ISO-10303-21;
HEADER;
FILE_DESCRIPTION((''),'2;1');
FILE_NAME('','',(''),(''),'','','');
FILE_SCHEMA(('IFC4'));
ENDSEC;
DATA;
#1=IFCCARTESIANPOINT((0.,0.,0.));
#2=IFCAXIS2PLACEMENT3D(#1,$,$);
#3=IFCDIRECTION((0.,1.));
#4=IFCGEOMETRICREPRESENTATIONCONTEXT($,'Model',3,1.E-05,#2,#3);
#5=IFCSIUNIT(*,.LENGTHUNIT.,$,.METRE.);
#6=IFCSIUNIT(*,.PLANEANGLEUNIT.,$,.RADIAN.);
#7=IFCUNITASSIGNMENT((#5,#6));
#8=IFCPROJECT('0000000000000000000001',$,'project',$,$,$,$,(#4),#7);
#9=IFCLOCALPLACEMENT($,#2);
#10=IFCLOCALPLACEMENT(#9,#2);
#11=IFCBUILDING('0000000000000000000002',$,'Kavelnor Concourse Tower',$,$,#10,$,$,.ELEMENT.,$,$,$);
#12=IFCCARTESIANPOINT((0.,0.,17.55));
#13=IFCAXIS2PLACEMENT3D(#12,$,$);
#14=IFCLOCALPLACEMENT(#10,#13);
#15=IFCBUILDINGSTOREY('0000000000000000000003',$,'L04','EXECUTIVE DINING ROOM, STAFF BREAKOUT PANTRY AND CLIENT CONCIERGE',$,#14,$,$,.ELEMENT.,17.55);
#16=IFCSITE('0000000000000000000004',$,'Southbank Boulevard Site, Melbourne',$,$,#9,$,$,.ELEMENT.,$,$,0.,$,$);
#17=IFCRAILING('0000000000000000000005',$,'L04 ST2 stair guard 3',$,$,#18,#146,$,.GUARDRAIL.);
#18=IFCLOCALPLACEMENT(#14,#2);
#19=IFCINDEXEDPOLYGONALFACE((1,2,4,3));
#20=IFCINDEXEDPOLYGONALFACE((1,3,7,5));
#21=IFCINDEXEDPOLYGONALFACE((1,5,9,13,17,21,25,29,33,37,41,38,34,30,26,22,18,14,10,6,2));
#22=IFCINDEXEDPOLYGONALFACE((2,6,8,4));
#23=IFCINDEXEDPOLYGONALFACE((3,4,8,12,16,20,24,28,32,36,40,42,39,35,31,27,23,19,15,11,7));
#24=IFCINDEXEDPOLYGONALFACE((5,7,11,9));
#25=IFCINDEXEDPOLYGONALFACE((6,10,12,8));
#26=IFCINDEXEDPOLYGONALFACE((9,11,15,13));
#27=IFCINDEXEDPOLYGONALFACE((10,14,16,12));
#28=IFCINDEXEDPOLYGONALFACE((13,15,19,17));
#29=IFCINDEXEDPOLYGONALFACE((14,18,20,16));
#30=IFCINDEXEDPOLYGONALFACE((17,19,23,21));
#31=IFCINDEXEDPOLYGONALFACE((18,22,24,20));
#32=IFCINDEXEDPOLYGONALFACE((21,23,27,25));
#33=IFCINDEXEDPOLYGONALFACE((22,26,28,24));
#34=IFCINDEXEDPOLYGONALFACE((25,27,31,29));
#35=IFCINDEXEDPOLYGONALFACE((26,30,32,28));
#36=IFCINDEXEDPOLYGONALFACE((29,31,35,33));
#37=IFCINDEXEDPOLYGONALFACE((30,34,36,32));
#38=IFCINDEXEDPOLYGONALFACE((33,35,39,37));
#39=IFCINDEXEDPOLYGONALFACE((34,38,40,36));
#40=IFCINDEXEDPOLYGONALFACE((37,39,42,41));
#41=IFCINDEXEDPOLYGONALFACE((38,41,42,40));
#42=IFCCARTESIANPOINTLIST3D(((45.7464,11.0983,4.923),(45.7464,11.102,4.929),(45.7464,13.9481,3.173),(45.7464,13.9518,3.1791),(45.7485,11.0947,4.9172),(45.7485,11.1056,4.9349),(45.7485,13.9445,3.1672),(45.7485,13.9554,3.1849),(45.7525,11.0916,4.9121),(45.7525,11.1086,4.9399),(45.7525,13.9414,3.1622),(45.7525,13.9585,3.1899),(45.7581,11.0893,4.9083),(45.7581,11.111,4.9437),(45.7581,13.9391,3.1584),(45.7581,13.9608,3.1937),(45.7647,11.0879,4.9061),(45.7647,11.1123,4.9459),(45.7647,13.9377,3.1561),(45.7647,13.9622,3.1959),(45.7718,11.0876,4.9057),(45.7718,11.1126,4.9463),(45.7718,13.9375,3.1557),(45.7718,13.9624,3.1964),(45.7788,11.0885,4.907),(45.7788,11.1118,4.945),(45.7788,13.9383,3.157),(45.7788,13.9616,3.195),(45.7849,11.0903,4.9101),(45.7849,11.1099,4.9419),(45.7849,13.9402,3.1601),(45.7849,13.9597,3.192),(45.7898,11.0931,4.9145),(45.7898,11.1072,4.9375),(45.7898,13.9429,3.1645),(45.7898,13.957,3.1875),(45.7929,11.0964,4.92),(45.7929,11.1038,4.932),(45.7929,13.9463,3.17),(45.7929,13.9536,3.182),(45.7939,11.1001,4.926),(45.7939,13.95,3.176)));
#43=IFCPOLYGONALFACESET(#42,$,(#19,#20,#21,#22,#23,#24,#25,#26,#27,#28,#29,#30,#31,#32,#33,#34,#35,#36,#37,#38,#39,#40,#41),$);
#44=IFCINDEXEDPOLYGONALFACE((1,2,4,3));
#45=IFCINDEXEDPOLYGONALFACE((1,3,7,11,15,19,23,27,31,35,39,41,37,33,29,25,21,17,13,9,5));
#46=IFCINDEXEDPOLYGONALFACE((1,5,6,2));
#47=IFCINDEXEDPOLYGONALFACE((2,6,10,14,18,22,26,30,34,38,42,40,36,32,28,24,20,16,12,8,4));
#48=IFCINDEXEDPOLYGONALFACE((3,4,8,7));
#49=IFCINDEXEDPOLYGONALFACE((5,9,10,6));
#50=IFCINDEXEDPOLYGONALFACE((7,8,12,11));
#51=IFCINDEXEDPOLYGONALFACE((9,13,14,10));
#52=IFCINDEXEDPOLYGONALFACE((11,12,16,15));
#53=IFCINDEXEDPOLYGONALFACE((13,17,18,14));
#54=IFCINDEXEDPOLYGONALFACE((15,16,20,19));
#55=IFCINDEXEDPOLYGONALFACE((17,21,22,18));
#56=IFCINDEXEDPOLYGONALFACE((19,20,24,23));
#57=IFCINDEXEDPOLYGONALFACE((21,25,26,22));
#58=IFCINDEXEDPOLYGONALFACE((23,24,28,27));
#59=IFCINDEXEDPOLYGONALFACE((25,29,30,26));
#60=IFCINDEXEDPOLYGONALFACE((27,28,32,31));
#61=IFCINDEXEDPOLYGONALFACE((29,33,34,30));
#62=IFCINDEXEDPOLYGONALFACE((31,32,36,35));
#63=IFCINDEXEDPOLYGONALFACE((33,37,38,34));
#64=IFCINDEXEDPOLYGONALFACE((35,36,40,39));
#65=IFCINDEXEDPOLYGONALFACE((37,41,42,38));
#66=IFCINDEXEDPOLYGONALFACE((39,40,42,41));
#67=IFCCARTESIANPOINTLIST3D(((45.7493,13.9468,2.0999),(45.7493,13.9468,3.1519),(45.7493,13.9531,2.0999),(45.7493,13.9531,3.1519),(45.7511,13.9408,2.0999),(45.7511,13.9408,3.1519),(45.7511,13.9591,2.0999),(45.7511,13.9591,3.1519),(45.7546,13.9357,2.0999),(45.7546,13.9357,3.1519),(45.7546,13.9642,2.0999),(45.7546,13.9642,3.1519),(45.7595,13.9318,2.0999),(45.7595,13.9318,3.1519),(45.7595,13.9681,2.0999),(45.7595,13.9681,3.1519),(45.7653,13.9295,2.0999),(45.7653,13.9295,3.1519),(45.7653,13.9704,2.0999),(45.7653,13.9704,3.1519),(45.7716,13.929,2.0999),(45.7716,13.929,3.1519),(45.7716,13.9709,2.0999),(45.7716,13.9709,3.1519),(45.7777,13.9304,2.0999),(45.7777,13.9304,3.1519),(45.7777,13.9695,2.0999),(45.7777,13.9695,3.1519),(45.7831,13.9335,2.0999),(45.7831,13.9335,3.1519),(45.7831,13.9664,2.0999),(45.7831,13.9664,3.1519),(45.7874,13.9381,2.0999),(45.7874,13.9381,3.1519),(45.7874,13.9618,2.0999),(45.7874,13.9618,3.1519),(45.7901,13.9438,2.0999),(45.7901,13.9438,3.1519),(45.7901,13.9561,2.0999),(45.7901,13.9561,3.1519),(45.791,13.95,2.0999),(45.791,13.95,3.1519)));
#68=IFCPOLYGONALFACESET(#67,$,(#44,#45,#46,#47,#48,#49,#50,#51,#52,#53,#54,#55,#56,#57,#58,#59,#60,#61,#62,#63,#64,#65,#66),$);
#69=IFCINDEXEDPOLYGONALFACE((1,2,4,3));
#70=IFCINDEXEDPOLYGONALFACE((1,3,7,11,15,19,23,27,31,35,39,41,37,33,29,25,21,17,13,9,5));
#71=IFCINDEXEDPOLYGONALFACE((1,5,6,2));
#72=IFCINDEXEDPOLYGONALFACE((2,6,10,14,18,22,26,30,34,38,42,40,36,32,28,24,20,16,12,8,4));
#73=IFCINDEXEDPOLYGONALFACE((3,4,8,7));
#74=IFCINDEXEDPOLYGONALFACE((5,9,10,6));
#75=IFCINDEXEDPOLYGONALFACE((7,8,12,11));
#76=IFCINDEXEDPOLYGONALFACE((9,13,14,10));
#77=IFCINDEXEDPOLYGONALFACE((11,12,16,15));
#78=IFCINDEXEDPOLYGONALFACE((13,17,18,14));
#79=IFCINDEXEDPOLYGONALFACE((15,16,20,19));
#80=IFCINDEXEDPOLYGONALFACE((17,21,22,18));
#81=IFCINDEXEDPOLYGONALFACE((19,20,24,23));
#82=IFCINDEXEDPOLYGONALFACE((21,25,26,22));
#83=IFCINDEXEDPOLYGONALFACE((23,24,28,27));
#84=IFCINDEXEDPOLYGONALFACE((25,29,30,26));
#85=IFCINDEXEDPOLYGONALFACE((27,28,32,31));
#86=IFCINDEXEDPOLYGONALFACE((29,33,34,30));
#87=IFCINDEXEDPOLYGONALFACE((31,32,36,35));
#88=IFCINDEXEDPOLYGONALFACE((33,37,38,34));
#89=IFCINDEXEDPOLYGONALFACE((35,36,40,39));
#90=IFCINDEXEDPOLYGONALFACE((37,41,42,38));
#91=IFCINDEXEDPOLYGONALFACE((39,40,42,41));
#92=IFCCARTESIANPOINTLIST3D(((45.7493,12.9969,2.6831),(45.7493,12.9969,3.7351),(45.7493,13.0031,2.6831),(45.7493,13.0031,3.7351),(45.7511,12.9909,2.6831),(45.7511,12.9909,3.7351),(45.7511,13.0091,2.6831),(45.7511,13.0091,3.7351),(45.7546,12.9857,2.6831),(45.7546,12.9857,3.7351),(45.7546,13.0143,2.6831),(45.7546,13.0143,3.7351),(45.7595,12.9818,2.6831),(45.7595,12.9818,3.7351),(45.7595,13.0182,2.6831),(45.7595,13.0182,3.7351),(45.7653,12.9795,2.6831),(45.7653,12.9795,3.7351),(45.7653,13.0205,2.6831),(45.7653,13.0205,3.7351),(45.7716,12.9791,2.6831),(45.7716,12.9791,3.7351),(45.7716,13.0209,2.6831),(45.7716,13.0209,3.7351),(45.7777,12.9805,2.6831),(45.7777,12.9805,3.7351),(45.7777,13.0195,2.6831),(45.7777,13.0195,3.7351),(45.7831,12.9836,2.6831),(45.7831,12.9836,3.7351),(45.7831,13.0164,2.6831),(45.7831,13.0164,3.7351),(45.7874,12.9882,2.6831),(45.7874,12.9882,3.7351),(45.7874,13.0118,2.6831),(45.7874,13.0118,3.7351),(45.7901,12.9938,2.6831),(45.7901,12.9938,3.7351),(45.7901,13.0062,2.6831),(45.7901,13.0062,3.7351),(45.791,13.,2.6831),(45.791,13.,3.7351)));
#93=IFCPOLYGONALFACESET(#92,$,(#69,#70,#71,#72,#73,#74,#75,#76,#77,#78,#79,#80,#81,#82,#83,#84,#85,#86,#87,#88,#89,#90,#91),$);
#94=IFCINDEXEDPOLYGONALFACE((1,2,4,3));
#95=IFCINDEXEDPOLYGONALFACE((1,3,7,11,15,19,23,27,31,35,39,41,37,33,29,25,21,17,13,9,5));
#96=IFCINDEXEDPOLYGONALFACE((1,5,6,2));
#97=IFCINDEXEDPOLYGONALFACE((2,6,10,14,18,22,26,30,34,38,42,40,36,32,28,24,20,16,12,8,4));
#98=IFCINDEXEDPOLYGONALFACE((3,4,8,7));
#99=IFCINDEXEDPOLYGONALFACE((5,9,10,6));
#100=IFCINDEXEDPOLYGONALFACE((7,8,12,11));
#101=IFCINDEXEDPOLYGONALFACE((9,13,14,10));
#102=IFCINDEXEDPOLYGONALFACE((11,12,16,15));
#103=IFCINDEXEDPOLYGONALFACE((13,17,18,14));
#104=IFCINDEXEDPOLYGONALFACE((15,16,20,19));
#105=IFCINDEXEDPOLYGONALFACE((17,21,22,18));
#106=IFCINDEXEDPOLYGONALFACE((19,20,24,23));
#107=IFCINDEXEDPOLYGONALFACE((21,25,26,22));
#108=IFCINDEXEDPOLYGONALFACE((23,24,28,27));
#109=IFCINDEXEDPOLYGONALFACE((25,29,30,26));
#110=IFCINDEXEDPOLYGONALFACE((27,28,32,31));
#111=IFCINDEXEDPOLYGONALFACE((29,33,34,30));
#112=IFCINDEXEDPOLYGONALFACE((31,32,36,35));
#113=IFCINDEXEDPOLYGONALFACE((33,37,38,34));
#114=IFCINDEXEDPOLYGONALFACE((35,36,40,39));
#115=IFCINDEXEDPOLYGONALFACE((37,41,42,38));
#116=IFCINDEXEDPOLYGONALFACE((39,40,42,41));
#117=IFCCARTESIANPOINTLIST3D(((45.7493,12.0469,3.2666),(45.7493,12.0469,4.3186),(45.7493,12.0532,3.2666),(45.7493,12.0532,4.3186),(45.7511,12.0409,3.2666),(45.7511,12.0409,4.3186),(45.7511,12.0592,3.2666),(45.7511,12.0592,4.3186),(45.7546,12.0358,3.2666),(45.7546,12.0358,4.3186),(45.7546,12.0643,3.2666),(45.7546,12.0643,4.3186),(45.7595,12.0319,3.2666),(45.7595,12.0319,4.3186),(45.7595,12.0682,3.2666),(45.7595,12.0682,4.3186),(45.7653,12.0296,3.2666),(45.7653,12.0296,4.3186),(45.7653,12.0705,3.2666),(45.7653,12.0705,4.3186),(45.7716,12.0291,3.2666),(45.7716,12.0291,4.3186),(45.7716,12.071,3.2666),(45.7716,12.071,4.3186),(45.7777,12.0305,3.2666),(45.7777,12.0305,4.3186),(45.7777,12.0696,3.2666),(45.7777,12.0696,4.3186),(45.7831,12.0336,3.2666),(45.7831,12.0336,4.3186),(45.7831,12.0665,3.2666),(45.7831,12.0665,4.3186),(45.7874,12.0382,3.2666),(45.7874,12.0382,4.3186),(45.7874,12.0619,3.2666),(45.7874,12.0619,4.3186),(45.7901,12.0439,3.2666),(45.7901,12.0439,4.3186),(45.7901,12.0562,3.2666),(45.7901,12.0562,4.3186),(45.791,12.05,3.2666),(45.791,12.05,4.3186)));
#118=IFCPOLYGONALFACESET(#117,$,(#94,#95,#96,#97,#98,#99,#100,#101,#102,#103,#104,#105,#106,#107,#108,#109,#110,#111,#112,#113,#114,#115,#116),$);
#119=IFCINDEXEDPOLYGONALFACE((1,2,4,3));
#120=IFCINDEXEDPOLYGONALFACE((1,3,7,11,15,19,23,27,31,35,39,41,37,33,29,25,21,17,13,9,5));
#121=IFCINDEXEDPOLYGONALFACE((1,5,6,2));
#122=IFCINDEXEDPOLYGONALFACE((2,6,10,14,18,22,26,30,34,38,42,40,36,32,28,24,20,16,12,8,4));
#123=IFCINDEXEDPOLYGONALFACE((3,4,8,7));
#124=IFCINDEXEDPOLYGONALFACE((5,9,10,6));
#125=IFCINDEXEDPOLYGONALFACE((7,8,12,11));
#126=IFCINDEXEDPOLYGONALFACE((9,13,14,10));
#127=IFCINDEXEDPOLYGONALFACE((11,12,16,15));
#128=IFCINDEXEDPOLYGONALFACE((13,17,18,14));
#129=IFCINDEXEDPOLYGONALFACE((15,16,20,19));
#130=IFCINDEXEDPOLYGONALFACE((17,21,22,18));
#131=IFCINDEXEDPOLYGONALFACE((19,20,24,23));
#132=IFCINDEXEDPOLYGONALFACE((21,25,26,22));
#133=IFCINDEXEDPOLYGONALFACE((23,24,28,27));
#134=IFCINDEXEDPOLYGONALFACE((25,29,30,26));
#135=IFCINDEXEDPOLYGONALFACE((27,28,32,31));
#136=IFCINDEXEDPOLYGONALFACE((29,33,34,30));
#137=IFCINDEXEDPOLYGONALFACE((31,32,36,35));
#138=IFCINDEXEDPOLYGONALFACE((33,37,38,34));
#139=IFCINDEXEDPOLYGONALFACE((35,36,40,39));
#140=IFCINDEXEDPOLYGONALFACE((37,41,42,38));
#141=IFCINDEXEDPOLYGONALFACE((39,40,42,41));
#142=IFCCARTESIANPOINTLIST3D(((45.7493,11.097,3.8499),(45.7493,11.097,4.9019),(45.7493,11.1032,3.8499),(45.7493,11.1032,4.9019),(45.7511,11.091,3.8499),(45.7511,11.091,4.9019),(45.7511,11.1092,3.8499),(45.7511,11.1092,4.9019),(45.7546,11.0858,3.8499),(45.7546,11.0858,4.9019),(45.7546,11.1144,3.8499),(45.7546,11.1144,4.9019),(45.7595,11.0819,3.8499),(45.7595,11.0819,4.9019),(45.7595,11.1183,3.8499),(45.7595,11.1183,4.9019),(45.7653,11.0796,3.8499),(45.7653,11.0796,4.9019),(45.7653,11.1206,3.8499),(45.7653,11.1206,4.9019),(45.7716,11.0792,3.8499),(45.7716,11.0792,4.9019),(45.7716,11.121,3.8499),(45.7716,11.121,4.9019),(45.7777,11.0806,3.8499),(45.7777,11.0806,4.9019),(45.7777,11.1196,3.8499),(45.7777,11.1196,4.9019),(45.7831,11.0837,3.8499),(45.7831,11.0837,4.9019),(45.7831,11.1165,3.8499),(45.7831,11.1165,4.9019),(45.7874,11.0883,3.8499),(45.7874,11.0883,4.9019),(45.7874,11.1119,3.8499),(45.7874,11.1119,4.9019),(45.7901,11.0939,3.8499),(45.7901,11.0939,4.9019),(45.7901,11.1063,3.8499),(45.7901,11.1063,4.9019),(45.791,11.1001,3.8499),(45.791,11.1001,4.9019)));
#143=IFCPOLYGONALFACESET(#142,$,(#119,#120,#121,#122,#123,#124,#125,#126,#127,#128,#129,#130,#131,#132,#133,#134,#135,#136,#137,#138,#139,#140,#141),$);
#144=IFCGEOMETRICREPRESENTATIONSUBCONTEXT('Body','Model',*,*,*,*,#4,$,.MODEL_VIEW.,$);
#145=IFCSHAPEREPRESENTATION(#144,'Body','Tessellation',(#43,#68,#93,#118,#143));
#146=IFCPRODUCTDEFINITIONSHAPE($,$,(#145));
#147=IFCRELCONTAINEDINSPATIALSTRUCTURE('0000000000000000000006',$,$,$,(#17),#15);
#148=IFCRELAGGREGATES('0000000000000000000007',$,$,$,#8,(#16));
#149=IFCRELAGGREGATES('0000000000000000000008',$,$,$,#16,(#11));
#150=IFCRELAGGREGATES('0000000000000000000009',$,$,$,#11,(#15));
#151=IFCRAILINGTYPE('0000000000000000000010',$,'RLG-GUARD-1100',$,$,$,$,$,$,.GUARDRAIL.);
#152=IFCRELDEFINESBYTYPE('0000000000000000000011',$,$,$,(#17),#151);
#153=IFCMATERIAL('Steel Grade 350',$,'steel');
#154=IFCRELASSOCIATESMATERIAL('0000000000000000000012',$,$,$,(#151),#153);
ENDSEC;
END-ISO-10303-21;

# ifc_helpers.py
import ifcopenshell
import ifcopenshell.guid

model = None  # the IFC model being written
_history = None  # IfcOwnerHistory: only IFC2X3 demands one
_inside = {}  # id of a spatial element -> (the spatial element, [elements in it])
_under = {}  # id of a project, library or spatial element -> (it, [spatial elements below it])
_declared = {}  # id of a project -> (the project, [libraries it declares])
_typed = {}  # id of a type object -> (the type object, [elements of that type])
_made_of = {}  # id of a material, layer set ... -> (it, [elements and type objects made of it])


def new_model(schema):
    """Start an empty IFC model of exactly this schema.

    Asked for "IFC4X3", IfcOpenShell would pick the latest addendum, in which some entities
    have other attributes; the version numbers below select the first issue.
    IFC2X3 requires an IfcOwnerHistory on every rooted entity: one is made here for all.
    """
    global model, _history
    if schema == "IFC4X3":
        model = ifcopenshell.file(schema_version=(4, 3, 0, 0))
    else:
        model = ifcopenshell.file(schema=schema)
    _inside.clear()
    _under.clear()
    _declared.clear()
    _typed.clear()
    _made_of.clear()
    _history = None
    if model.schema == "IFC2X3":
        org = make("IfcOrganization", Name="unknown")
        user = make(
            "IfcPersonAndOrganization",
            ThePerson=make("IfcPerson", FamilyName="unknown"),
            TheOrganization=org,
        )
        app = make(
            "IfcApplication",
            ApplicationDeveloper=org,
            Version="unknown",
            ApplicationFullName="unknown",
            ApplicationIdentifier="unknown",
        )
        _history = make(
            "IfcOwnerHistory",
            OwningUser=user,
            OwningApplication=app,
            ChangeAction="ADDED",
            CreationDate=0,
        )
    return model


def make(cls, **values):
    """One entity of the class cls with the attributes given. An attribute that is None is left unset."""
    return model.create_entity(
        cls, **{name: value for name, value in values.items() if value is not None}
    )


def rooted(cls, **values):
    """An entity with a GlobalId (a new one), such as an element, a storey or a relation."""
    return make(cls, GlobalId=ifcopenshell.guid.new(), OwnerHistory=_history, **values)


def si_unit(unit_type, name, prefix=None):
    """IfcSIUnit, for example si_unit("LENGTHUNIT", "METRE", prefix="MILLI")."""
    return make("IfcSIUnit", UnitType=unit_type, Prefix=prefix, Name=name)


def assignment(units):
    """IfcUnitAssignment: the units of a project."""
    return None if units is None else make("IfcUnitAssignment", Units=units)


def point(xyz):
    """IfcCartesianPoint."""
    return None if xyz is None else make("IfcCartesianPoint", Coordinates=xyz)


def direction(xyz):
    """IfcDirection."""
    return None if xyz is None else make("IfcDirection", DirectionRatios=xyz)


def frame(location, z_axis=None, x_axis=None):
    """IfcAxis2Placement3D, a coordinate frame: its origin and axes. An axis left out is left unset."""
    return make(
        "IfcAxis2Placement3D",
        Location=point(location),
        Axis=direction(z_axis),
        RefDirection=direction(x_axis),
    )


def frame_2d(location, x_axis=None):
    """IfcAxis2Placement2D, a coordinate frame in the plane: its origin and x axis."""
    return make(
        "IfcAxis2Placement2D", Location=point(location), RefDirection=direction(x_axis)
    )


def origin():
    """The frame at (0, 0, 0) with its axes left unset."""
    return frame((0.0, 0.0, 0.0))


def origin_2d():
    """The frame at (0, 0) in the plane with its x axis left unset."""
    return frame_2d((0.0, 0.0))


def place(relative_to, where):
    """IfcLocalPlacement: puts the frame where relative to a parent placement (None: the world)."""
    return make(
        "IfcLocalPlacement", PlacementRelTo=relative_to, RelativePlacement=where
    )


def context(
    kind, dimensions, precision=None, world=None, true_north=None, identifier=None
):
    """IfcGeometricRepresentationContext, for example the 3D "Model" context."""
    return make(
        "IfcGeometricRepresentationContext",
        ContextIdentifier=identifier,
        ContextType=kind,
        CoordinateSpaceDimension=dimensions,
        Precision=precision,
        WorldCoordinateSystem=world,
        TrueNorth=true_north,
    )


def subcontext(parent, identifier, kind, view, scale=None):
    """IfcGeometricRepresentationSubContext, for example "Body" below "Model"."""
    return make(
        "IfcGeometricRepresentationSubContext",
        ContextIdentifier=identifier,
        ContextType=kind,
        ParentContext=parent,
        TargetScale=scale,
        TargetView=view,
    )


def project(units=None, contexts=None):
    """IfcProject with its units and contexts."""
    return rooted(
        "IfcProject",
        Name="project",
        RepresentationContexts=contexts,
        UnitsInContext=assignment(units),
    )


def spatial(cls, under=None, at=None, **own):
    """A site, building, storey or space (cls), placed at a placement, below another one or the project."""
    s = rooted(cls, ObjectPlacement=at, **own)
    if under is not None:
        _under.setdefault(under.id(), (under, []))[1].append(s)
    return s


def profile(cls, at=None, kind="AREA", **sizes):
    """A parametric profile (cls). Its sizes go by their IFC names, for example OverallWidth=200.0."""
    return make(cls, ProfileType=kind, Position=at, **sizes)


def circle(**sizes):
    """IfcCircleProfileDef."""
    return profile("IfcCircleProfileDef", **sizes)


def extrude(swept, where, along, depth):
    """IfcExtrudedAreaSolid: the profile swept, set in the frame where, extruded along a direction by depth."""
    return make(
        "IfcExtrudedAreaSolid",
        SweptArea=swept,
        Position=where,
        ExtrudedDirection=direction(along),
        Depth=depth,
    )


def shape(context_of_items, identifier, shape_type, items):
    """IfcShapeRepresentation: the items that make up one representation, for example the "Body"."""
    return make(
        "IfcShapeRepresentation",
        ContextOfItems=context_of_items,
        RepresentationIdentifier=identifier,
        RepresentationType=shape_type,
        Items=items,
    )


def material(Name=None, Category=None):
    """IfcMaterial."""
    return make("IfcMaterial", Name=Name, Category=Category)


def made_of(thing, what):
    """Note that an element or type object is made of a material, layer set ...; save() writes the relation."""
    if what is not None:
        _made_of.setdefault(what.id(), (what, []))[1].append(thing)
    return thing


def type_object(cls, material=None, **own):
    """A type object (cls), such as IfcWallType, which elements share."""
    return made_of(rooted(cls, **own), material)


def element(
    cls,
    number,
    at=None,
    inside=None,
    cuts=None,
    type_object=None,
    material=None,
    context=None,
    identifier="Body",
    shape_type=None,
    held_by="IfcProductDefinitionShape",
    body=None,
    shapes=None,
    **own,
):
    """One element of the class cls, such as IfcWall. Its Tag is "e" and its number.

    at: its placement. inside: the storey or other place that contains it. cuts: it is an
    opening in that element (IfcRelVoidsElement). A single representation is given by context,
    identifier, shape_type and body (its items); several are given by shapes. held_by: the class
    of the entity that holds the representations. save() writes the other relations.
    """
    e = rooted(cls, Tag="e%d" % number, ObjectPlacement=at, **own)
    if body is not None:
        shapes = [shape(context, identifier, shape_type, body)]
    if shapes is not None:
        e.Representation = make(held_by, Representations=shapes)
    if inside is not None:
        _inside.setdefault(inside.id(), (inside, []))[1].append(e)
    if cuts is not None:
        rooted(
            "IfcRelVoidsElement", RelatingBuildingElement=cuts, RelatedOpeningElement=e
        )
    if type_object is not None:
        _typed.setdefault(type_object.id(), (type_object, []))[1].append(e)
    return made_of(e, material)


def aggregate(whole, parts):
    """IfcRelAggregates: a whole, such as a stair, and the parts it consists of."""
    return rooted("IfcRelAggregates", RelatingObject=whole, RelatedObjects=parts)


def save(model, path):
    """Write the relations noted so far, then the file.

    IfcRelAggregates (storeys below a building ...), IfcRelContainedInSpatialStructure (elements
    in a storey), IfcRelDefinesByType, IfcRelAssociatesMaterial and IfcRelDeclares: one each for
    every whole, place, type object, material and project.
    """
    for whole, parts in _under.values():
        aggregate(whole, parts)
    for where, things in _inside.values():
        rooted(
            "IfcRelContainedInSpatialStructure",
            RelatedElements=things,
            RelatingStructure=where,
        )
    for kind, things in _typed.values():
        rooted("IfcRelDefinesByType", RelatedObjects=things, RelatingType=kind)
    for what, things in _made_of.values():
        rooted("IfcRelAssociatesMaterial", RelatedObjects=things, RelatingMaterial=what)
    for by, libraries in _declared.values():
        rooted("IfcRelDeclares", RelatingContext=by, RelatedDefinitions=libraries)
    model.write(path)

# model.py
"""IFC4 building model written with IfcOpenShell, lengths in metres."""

from ifc_helpers import new_model, si_unit, direction, frame, origin, origin_2d, place, context, subcontext, project, spatial, circle, extrude, material, type_object, element, save


model = new_model("IFC4")

# Units and contexts
model_context = context("Model", 3, precision=1e-05, world=origin(), true_north=direction((0.0, 1.0)))
body_context = subcontext(model_context, "Body", "Model", "MODEL_VIEW")
ifc_project = project(units=[si_unit("LENGTHUNIT", "METRE"), si_unit("PLANEANGLEUNIT", "RADIAN")], contexts=[model_context])

# Site, building, storey
site_placement = place(None, origin())
site = spatial("IfcSite", under=ifc_project, at=site_placement, Name="Southbank Boulevard Site, Melbourne", CompositionType="ELEMENT", RefElevation=0.0)
building_placement = place(site_placement, origin())
building = spatial("IfcBuilding", under=site, at=building_placement, Name="Kavelnor Concourse Tower", CompositionType="ELEMENT")
storey_placement = place(building_placement, frame((0.0, 0.0, 17.55)))
storey = spatial("IfcBuildingStorey", under=building, at=storey_placement, Name="L04", Description="EXECUTIVE DINING ROOM, STAFF BREAKOUT PANTRY AND CLIENT CONCIERGE", CompositionType="ELEMENT", Elevation=17.55)

# Shared definitions
ifc_material_1 = material(Name="Steel Grade 350", Category="steel")

# Railing
railing_type_1 = type_object("IfcRailingType", Name="RLG-GUARD-1100", PredefinedType="GUARDRAIL", material=ifc_material_1)
railing_1_placement = place(storey_placement, frame((45.77, 13.95, 2.0999)))
element("IfcRailing", 1, at=railing_1_placement, inside=storey, type_object=railing_type_1, Name="L04 ST2 stair guard 3", PredefinedType="GUARDRAIL", context=body_context, shape_type="SweptSolid", body=[
    extrude(circle(Radius=0.0239, at=origin_2d()), frame((0.0, 0.0, 1.0762), z_axis=(0.0, -0.852159, 0.523283), x_axis=(1.0, 0.0, 0.0)), (0.0, 0.0, 1.0), 3.3442),
    extrude(circle(Radius=0.021, at=origin_2d()), origin(), (0.0, 0.0, 1.0), 1.052),
    extrude(circle(Radius=0.021, at=origin_2d()), frame((0.0, -0.95, 0.5833)), (0.0, 0.0, 1.0), 1.052),
    extrude(circle(Radius=0.021, at=origin_2d()), frame((0.0, -1.8999, 1.1667)), (0.0, 0.0, 1.0), 1.052),
    extrude(circle(Radius=0.021, at=origin_2d()), frame((0.0, -2.8499, 1.75)), (0.0, 0.0, 1.0), 1.052),
])

save(model, "model.ifc")
